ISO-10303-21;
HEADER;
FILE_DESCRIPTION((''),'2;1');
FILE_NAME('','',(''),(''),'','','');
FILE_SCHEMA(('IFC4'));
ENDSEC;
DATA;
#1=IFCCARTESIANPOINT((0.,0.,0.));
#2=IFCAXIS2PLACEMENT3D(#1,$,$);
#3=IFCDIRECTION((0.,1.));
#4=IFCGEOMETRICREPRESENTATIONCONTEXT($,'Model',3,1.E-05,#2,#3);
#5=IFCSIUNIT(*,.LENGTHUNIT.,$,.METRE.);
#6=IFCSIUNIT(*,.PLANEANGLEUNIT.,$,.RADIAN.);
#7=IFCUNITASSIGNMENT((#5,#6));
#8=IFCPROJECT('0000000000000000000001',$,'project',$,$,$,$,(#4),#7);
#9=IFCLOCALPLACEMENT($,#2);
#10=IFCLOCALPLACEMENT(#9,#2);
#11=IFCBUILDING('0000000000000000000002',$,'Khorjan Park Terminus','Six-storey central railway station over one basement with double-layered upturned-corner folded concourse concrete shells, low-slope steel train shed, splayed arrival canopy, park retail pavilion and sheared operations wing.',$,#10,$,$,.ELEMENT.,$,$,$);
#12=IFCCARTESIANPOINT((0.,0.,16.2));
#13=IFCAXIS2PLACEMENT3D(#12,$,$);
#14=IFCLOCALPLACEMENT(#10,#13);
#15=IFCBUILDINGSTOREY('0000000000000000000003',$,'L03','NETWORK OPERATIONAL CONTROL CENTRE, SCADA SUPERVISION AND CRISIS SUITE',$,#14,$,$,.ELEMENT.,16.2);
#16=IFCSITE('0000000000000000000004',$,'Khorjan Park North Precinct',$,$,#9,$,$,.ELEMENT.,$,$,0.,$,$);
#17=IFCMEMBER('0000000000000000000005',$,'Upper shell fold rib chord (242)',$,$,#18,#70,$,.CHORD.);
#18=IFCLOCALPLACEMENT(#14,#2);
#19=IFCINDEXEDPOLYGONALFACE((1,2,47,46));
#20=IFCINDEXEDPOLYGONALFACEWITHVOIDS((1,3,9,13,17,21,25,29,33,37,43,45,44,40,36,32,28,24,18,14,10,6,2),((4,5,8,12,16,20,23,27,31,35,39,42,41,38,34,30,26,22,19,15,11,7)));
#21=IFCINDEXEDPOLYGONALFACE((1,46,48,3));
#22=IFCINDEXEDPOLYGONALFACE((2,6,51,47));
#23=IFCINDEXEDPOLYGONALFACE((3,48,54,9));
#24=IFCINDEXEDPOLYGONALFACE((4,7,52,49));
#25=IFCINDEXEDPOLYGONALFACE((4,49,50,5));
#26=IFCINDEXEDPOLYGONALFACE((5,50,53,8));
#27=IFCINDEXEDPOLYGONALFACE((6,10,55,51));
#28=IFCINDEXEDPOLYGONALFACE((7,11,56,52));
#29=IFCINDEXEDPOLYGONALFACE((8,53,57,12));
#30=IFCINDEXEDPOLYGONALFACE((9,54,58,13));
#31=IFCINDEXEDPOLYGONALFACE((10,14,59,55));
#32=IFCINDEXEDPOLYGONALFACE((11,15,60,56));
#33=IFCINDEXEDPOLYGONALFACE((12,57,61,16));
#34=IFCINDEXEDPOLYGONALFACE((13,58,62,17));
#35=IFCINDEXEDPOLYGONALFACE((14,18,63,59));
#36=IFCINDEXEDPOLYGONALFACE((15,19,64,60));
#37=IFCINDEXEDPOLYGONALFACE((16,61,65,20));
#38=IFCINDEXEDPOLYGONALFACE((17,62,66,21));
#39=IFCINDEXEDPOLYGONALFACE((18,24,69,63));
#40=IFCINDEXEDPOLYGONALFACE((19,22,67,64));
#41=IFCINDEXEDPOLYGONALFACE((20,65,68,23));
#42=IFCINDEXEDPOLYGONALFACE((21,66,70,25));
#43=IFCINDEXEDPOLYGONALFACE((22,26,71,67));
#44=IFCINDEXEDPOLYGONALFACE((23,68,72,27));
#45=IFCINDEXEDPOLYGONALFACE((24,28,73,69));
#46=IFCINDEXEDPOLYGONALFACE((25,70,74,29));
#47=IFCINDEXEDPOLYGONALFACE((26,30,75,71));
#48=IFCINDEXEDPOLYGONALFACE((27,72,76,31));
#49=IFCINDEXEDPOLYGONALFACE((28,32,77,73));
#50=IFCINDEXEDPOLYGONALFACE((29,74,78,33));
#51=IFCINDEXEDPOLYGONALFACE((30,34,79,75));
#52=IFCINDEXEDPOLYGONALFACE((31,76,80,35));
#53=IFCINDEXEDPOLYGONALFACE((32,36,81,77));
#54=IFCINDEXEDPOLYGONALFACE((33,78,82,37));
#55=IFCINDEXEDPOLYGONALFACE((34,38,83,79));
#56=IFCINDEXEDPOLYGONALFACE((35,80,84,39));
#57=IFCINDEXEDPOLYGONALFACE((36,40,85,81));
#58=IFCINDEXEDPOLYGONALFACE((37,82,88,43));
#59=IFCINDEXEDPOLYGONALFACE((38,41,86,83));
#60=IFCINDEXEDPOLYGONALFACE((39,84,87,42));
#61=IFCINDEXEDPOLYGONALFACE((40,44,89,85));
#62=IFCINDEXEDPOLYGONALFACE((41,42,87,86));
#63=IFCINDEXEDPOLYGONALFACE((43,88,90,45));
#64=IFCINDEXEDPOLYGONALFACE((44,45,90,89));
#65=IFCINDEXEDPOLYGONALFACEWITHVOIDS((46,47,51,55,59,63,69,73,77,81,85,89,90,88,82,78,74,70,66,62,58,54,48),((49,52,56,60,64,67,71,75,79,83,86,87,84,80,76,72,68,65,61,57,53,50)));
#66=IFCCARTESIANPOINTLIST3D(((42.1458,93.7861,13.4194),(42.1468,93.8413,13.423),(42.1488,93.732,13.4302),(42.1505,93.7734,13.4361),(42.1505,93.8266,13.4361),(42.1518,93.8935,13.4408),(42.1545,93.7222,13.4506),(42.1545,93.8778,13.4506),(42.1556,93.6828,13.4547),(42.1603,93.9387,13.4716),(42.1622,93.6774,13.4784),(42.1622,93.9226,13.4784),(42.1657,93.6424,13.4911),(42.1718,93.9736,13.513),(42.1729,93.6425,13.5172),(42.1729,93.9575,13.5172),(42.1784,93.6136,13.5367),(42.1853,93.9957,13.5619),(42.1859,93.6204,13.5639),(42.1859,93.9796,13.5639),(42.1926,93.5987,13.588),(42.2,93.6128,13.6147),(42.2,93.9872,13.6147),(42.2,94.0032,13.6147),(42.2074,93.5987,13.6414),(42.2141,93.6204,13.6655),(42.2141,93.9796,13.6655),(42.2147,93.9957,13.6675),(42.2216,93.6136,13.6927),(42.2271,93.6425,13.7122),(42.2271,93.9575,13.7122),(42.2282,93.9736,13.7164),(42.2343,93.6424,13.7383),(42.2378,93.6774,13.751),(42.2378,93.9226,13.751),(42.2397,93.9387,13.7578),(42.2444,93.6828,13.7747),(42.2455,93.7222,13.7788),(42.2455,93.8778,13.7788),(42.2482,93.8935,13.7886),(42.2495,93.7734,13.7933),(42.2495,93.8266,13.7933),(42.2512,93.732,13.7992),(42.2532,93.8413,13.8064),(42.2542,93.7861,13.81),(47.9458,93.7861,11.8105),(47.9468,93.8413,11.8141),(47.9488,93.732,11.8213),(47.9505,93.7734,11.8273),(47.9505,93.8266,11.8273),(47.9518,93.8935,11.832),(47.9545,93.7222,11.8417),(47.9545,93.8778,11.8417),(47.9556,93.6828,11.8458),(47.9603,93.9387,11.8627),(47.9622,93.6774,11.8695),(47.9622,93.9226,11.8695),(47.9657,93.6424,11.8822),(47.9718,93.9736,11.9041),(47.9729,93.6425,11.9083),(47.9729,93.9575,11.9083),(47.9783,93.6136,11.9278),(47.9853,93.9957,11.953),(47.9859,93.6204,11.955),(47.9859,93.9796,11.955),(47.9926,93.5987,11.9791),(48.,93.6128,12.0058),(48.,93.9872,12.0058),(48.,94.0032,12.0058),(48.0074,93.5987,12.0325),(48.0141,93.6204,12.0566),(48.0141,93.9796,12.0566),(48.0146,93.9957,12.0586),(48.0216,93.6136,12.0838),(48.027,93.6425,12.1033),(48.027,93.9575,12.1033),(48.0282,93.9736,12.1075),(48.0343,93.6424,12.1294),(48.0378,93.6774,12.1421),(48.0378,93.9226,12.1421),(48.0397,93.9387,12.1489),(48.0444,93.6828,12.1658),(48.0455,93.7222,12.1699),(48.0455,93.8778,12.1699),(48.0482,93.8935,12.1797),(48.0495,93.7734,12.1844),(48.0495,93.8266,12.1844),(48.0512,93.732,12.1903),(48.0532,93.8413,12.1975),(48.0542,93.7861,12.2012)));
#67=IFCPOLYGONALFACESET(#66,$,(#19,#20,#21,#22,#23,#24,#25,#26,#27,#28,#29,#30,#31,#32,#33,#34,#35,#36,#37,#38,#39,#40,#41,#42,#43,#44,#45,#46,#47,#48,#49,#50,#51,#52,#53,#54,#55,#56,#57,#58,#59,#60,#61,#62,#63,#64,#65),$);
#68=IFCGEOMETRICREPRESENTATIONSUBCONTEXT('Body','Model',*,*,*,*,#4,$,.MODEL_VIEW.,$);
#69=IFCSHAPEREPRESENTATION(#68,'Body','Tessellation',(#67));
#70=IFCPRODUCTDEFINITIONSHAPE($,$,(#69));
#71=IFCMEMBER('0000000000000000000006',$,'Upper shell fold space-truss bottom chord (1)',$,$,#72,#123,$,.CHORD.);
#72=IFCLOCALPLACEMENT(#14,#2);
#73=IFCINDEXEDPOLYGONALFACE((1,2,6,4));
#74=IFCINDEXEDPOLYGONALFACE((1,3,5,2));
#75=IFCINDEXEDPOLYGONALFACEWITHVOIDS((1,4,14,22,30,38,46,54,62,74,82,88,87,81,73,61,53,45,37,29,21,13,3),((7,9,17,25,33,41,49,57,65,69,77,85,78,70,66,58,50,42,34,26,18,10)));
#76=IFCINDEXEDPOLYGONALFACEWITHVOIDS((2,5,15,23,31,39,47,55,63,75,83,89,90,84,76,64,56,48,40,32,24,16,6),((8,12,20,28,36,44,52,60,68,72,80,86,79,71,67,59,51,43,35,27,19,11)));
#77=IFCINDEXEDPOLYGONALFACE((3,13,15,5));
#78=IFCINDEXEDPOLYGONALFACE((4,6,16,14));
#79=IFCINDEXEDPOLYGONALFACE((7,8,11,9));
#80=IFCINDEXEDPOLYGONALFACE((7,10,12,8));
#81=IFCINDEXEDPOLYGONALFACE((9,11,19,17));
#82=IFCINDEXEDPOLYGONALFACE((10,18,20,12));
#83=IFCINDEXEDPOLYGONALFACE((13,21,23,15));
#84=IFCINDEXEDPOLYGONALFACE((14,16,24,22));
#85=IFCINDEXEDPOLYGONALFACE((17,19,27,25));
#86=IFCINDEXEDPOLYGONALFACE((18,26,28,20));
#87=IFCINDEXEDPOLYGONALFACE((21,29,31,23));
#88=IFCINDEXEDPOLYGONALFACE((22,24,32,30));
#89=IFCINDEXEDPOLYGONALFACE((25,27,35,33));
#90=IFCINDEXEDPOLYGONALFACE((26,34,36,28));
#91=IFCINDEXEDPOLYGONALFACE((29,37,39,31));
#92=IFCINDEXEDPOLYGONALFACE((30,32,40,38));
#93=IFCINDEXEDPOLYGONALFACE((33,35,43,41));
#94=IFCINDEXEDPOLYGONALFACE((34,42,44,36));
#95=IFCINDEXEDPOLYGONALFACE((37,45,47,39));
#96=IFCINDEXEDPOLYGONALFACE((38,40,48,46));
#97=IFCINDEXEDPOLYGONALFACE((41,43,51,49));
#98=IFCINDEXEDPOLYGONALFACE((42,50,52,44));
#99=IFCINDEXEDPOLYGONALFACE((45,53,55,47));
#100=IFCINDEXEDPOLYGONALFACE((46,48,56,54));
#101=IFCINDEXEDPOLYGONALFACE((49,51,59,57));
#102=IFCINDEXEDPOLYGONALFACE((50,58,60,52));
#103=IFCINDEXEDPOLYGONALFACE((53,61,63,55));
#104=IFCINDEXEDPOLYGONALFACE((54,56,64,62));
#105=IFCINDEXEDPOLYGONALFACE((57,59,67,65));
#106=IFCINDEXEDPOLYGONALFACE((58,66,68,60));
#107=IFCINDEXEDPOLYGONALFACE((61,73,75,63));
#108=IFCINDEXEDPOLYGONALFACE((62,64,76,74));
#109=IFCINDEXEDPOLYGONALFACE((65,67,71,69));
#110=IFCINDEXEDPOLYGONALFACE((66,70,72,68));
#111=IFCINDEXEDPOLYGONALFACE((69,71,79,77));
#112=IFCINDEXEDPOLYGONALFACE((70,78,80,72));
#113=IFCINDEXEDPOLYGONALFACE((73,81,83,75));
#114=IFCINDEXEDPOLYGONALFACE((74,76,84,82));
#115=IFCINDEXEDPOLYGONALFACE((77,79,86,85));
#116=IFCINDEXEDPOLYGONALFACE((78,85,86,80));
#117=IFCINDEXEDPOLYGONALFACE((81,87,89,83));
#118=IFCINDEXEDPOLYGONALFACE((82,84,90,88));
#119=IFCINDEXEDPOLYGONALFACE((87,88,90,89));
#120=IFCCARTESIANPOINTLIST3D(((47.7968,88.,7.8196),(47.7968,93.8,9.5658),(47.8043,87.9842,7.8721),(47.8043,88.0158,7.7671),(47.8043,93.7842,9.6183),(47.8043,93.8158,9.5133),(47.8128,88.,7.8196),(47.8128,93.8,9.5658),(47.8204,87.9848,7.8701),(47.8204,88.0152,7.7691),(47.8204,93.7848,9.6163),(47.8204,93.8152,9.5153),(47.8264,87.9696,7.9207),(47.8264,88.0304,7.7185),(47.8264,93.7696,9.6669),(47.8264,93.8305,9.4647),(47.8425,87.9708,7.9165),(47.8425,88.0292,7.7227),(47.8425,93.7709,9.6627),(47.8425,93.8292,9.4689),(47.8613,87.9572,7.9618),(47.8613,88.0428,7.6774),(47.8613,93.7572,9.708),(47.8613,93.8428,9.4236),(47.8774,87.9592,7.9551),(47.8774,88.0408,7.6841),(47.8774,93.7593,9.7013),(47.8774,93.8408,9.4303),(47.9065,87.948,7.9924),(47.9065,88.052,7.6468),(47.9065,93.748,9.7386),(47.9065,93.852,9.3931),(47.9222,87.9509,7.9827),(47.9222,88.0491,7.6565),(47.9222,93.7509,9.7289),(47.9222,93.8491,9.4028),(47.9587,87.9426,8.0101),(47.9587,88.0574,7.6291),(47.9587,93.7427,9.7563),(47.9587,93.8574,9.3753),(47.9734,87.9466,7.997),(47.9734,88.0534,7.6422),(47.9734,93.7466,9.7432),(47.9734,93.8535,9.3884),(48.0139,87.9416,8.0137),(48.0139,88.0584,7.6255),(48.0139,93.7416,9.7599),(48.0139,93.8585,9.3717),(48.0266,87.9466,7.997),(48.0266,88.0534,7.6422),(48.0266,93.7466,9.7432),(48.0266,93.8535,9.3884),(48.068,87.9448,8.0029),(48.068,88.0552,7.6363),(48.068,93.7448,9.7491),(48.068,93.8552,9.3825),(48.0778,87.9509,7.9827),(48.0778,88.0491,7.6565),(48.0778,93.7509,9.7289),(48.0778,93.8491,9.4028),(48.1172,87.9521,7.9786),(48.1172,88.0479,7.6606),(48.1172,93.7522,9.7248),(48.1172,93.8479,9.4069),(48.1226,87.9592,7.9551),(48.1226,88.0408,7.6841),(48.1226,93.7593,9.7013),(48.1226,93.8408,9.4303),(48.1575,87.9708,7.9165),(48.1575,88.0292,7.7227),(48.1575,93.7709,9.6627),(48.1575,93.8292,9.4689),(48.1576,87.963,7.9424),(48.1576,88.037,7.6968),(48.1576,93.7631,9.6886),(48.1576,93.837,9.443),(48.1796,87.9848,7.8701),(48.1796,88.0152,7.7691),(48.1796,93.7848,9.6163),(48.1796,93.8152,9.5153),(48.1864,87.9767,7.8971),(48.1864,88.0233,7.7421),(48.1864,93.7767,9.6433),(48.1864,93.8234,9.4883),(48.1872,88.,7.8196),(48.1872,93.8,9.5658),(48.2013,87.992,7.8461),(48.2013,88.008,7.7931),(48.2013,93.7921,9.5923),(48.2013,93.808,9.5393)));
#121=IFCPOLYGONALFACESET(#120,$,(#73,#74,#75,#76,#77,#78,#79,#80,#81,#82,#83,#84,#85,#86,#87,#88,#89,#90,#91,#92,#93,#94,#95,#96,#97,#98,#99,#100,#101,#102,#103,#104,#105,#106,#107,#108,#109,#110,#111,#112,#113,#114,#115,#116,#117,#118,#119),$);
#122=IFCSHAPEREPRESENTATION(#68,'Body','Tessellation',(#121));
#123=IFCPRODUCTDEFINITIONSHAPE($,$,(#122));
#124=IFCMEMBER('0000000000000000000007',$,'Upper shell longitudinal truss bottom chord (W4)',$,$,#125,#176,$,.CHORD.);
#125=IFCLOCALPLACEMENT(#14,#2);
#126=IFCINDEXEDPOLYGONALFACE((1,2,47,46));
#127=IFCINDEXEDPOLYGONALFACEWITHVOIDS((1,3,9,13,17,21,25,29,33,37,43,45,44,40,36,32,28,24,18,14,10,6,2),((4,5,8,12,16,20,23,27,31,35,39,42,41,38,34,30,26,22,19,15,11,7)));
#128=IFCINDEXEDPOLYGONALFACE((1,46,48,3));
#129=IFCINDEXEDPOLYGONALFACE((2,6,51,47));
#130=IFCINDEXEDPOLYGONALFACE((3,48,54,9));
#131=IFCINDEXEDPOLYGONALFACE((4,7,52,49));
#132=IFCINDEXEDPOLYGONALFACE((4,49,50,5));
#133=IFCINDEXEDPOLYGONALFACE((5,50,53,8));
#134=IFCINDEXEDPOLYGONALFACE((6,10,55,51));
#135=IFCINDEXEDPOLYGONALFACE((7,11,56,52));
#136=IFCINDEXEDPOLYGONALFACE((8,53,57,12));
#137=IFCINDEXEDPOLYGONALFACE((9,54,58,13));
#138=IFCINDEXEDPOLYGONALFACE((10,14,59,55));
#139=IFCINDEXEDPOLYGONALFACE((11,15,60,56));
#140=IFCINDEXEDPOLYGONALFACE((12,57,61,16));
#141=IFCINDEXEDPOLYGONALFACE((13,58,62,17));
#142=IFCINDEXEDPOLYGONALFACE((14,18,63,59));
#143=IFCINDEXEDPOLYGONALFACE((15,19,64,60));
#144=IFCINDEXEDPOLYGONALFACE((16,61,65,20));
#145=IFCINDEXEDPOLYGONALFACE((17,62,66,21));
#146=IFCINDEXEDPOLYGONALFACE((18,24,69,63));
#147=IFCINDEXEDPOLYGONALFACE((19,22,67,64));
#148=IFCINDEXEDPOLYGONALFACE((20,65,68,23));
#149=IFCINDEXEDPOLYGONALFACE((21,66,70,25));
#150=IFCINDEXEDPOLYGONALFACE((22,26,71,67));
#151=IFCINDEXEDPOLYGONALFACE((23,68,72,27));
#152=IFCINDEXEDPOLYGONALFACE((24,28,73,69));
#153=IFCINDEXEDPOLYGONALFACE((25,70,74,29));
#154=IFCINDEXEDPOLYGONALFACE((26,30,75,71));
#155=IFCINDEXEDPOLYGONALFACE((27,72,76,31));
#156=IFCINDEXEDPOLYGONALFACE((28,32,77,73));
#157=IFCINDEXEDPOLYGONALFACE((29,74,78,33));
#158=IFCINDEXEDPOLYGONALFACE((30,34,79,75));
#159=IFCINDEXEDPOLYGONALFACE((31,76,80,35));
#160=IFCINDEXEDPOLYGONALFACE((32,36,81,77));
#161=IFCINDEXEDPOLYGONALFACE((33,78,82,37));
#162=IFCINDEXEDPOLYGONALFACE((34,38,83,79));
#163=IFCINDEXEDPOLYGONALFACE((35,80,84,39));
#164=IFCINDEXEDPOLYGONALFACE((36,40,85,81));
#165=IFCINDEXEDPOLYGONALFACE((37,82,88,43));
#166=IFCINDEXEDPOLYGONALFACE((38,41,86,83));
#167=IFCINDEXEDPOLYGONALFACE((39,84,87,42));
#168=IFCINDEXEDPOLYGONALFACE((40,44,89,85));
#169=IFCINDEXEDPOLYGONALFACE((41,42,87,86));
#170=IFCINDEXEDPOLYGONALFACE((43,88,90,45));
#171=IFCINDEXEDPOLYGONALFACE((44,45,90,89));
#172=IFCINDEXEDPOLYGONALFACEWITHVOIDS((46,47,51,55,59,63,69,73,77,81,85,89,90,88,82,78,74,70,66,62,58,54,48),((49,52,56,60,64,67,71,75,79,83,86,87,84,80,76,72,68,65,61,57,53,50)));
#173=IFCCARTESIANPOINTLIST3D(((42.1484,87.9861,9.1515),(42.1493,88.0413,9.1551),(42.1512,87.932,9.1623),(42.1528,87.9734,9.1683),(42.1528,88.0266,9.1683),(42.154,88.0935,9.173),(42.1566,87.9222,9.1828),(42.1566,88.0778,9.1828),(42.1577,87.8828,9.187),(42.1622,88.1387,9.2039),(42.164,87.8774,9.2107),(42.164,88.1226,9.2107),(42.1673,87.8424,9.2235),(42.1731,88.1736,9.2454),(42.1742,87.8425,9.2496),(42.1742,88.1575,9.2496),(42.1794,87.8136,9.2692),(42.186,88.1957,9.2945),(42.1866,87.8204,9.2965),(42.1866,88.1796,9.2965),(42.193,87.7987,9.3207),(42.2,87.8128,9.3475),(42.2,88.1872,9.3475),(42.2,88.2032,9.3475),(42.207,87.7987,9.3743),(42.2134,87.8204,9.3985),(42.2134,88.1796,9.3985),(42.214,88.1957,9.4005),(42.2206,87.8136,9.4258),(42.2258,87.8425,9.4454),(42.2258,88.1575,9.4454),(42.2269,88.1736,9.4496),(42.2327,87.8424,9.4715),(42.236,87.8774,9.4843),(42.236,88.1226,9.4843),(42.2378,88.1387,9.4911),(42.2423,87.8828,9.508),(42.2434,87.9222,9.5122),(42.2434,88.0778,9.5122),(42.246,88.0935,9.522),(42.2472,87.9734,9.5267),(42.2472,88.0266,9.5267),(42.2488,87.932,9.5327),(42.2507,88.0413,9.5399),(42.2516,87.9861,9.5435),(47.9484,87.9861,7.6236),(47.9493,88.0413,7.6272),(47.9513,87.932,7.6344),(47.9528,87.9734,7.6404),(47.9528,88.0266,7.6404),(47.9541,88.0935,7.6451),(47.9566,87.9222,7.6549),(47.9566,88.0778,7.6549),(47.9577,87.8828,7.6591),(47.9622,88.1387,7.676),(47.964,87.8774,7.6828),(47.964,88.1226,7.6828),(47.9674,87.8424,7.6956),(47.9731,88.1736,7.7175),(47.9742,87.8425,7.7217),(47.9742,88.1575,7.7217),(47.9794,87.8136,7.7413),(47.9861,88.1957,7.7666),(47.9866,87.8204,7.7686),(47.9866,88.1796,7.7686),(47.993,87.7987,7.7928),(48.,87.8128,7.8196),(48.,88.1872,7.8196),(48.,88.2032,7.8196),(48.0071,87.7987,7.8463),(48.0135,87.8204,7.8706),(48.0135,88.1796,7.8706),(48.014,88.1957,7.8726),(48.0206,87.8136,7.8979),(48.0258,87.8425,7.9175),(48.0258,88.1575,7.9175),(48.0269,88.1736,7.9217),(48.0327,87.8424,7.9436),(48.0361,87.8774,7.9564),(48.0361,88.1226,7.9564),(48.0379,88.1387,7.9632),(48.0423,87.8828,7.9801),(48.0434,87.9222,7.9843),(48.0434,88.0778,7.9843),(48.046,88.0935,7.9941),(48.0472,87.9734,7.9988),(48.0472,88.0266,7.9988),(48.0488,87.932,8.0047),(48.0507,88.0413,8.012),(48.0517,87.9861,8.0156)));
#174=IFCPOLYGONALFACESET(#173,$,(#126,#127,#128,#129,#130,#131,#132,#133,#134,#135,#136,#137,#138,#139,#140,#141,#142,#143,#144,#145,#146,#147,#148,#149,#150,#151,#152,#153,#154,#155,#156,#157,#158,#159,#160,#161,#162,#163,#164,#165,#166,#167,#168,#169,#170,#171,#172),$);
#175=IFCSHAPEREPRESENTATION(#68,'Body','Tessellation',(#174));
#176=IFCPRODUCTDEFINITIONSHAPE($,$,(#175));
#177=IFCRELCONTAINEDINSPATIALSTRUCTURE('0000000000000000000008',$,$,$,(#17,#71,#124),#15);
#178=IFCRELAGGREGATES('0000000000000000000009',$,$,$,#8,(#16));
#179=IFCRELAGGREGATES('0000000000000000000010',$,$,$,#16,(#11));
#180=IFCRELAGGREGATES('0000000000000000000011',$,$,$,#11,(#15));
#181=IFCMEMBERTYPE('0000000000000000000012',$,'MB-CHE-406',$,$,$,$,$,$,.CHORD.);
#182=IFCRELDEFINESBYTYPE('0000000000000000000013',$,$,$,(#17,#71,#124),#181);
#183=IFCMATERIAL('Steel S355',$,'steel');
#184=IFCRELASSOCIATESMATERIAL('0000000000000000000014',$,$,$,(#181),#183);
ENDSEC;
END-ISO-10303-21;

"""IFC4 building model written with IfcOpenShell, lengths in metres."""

from ifc_helpers import new_model, si_unit, direction, frame, origin, origin_2d, place, context, subcontext, project, spatial, hollow_circle, extrude, material, material_profile, profile_set, type_object, element, save


model = new_model("IFC4")

# Units and contexts
model_context = context("Model", 3, precision=1e-05, world=origin(), true_north=direction((0.0, 1.0)))
body_context = subcontext(model_context, "Body", "Model", "MODEL_VIEW")
ifc_project = project(units=[si_unit("LENGTHUNIT", "METRE"), si_unit("PLANEANGLEUNIT", "RADIAN")], contexts=[model_context])

# Site, building, storey
site_placement = place(None, origin())
site = spatial("IfcSite", under=ifc_project, at=site_placement, Name="Khorjan Park North Precinct", CompositionType="ELEMENT", RefElevation=0.0)
building_placement = place(site_placement, origin())
building = spatial("IfcBuilding", under=site, at=building_placement, Name="Khorjan Park Terminus", Description="Six-storey central railway station over one basement with double-layered upturned-corner folded concourse concrete shells, low-slope steel train shed, splayed arrival canopy, park retail pavilion and sheared operations wing.", CompositionType="ELEMENT")
storey_placement = place(building_placement, frame((0.0, 0.0, 16.2)))
storey = spatial("IfcBuildingStorey", under=building, at=storey_placement, Name="L03", Description="NETWORK OPERATIONAL CONTROL CENTRE, SCADA SUPERVISION AND CRISIS SUITE", CompositionType="ELEMENT", Elevation=16.2)

# Members
ifc_material_1 = material(Name="Steel S355", Category="steel")
ifc_material_profile_1 = material_profile(ifc_material_1, hollow_circle(Radius=0.2032, WallThickness=0.016, at=origin_2d()), Name="CHS 406.4x16")
ifc_profile_set_1 = profile_set([ifc_material_profile_1], Name="Steel S355")
member_type_1 = type_object("IfcMemberType", Name="MB-CHE-406", PredefinedType="CHORD", material=ifc_profile_set_1)
member_1_placement = place(storey_placement, frame((42.2, 93.8, 13.6147), z_axis=(0.963613, 0.0, -0.267303), x_axis=(0.0, 1.0, 0.0)))
element("IfcMember", 1, at=member_1_placement, inside=storey, type_object=member_type_1, Name="Upper shell fold rib chord (242)", PredefinedType="CHORD", context=body_context, shape_type="SweptSolid", body=[
    extrude(hollow_circle(Radius=0.2032, WallThickness=0.016, at=origin_2d()), origin(), (0.0, 0.0, 1.0), 6.019),
])
member_2_placement = place(storey_placement, frame((48.0, 88.0, 7.8196), z_axis=(0.0, 0.957544, 0.288287), x_axis=(-1.0, 0.0, 0.0)))
element("IfcMember", 2, at=member_2_placement, inside=storey, type_object=member_type_1, Name="Upper shell fold space-truss bottom chord (1)", PredefinedType="CHORD", context=body_context, shape_type="SweptSolid", body=[
    extrude(hollow_circle(Radius=0.2032, WallThickness=0.016, at=origin_2d()), origin(), (0.0, 0.0, 1.0), 6.0572),
])
member_3_placement = place(storey_placement, frame((42.2, 88.0, 9.3475), z_axis=(0.967009, 0.0, -0.25474), x_axis=(0.0, 1.0, 0.0)))
element("IfcMember", 3, at=member_3_placement, inside=storey, type_object=member_type_1, Name="Upper shell longitudinal truss bottom chord (W4)", PredefinedType="CHORD", context=body_context, shape_type="SweptSolid", body=[
    extrude(hollow_circle(Radius=0.2032, WallThickness=0.016, at=origin_2d()), origin(), (0.0, 0.0, 1.0), 5.9979),
])

save(model, "model.ifc")
